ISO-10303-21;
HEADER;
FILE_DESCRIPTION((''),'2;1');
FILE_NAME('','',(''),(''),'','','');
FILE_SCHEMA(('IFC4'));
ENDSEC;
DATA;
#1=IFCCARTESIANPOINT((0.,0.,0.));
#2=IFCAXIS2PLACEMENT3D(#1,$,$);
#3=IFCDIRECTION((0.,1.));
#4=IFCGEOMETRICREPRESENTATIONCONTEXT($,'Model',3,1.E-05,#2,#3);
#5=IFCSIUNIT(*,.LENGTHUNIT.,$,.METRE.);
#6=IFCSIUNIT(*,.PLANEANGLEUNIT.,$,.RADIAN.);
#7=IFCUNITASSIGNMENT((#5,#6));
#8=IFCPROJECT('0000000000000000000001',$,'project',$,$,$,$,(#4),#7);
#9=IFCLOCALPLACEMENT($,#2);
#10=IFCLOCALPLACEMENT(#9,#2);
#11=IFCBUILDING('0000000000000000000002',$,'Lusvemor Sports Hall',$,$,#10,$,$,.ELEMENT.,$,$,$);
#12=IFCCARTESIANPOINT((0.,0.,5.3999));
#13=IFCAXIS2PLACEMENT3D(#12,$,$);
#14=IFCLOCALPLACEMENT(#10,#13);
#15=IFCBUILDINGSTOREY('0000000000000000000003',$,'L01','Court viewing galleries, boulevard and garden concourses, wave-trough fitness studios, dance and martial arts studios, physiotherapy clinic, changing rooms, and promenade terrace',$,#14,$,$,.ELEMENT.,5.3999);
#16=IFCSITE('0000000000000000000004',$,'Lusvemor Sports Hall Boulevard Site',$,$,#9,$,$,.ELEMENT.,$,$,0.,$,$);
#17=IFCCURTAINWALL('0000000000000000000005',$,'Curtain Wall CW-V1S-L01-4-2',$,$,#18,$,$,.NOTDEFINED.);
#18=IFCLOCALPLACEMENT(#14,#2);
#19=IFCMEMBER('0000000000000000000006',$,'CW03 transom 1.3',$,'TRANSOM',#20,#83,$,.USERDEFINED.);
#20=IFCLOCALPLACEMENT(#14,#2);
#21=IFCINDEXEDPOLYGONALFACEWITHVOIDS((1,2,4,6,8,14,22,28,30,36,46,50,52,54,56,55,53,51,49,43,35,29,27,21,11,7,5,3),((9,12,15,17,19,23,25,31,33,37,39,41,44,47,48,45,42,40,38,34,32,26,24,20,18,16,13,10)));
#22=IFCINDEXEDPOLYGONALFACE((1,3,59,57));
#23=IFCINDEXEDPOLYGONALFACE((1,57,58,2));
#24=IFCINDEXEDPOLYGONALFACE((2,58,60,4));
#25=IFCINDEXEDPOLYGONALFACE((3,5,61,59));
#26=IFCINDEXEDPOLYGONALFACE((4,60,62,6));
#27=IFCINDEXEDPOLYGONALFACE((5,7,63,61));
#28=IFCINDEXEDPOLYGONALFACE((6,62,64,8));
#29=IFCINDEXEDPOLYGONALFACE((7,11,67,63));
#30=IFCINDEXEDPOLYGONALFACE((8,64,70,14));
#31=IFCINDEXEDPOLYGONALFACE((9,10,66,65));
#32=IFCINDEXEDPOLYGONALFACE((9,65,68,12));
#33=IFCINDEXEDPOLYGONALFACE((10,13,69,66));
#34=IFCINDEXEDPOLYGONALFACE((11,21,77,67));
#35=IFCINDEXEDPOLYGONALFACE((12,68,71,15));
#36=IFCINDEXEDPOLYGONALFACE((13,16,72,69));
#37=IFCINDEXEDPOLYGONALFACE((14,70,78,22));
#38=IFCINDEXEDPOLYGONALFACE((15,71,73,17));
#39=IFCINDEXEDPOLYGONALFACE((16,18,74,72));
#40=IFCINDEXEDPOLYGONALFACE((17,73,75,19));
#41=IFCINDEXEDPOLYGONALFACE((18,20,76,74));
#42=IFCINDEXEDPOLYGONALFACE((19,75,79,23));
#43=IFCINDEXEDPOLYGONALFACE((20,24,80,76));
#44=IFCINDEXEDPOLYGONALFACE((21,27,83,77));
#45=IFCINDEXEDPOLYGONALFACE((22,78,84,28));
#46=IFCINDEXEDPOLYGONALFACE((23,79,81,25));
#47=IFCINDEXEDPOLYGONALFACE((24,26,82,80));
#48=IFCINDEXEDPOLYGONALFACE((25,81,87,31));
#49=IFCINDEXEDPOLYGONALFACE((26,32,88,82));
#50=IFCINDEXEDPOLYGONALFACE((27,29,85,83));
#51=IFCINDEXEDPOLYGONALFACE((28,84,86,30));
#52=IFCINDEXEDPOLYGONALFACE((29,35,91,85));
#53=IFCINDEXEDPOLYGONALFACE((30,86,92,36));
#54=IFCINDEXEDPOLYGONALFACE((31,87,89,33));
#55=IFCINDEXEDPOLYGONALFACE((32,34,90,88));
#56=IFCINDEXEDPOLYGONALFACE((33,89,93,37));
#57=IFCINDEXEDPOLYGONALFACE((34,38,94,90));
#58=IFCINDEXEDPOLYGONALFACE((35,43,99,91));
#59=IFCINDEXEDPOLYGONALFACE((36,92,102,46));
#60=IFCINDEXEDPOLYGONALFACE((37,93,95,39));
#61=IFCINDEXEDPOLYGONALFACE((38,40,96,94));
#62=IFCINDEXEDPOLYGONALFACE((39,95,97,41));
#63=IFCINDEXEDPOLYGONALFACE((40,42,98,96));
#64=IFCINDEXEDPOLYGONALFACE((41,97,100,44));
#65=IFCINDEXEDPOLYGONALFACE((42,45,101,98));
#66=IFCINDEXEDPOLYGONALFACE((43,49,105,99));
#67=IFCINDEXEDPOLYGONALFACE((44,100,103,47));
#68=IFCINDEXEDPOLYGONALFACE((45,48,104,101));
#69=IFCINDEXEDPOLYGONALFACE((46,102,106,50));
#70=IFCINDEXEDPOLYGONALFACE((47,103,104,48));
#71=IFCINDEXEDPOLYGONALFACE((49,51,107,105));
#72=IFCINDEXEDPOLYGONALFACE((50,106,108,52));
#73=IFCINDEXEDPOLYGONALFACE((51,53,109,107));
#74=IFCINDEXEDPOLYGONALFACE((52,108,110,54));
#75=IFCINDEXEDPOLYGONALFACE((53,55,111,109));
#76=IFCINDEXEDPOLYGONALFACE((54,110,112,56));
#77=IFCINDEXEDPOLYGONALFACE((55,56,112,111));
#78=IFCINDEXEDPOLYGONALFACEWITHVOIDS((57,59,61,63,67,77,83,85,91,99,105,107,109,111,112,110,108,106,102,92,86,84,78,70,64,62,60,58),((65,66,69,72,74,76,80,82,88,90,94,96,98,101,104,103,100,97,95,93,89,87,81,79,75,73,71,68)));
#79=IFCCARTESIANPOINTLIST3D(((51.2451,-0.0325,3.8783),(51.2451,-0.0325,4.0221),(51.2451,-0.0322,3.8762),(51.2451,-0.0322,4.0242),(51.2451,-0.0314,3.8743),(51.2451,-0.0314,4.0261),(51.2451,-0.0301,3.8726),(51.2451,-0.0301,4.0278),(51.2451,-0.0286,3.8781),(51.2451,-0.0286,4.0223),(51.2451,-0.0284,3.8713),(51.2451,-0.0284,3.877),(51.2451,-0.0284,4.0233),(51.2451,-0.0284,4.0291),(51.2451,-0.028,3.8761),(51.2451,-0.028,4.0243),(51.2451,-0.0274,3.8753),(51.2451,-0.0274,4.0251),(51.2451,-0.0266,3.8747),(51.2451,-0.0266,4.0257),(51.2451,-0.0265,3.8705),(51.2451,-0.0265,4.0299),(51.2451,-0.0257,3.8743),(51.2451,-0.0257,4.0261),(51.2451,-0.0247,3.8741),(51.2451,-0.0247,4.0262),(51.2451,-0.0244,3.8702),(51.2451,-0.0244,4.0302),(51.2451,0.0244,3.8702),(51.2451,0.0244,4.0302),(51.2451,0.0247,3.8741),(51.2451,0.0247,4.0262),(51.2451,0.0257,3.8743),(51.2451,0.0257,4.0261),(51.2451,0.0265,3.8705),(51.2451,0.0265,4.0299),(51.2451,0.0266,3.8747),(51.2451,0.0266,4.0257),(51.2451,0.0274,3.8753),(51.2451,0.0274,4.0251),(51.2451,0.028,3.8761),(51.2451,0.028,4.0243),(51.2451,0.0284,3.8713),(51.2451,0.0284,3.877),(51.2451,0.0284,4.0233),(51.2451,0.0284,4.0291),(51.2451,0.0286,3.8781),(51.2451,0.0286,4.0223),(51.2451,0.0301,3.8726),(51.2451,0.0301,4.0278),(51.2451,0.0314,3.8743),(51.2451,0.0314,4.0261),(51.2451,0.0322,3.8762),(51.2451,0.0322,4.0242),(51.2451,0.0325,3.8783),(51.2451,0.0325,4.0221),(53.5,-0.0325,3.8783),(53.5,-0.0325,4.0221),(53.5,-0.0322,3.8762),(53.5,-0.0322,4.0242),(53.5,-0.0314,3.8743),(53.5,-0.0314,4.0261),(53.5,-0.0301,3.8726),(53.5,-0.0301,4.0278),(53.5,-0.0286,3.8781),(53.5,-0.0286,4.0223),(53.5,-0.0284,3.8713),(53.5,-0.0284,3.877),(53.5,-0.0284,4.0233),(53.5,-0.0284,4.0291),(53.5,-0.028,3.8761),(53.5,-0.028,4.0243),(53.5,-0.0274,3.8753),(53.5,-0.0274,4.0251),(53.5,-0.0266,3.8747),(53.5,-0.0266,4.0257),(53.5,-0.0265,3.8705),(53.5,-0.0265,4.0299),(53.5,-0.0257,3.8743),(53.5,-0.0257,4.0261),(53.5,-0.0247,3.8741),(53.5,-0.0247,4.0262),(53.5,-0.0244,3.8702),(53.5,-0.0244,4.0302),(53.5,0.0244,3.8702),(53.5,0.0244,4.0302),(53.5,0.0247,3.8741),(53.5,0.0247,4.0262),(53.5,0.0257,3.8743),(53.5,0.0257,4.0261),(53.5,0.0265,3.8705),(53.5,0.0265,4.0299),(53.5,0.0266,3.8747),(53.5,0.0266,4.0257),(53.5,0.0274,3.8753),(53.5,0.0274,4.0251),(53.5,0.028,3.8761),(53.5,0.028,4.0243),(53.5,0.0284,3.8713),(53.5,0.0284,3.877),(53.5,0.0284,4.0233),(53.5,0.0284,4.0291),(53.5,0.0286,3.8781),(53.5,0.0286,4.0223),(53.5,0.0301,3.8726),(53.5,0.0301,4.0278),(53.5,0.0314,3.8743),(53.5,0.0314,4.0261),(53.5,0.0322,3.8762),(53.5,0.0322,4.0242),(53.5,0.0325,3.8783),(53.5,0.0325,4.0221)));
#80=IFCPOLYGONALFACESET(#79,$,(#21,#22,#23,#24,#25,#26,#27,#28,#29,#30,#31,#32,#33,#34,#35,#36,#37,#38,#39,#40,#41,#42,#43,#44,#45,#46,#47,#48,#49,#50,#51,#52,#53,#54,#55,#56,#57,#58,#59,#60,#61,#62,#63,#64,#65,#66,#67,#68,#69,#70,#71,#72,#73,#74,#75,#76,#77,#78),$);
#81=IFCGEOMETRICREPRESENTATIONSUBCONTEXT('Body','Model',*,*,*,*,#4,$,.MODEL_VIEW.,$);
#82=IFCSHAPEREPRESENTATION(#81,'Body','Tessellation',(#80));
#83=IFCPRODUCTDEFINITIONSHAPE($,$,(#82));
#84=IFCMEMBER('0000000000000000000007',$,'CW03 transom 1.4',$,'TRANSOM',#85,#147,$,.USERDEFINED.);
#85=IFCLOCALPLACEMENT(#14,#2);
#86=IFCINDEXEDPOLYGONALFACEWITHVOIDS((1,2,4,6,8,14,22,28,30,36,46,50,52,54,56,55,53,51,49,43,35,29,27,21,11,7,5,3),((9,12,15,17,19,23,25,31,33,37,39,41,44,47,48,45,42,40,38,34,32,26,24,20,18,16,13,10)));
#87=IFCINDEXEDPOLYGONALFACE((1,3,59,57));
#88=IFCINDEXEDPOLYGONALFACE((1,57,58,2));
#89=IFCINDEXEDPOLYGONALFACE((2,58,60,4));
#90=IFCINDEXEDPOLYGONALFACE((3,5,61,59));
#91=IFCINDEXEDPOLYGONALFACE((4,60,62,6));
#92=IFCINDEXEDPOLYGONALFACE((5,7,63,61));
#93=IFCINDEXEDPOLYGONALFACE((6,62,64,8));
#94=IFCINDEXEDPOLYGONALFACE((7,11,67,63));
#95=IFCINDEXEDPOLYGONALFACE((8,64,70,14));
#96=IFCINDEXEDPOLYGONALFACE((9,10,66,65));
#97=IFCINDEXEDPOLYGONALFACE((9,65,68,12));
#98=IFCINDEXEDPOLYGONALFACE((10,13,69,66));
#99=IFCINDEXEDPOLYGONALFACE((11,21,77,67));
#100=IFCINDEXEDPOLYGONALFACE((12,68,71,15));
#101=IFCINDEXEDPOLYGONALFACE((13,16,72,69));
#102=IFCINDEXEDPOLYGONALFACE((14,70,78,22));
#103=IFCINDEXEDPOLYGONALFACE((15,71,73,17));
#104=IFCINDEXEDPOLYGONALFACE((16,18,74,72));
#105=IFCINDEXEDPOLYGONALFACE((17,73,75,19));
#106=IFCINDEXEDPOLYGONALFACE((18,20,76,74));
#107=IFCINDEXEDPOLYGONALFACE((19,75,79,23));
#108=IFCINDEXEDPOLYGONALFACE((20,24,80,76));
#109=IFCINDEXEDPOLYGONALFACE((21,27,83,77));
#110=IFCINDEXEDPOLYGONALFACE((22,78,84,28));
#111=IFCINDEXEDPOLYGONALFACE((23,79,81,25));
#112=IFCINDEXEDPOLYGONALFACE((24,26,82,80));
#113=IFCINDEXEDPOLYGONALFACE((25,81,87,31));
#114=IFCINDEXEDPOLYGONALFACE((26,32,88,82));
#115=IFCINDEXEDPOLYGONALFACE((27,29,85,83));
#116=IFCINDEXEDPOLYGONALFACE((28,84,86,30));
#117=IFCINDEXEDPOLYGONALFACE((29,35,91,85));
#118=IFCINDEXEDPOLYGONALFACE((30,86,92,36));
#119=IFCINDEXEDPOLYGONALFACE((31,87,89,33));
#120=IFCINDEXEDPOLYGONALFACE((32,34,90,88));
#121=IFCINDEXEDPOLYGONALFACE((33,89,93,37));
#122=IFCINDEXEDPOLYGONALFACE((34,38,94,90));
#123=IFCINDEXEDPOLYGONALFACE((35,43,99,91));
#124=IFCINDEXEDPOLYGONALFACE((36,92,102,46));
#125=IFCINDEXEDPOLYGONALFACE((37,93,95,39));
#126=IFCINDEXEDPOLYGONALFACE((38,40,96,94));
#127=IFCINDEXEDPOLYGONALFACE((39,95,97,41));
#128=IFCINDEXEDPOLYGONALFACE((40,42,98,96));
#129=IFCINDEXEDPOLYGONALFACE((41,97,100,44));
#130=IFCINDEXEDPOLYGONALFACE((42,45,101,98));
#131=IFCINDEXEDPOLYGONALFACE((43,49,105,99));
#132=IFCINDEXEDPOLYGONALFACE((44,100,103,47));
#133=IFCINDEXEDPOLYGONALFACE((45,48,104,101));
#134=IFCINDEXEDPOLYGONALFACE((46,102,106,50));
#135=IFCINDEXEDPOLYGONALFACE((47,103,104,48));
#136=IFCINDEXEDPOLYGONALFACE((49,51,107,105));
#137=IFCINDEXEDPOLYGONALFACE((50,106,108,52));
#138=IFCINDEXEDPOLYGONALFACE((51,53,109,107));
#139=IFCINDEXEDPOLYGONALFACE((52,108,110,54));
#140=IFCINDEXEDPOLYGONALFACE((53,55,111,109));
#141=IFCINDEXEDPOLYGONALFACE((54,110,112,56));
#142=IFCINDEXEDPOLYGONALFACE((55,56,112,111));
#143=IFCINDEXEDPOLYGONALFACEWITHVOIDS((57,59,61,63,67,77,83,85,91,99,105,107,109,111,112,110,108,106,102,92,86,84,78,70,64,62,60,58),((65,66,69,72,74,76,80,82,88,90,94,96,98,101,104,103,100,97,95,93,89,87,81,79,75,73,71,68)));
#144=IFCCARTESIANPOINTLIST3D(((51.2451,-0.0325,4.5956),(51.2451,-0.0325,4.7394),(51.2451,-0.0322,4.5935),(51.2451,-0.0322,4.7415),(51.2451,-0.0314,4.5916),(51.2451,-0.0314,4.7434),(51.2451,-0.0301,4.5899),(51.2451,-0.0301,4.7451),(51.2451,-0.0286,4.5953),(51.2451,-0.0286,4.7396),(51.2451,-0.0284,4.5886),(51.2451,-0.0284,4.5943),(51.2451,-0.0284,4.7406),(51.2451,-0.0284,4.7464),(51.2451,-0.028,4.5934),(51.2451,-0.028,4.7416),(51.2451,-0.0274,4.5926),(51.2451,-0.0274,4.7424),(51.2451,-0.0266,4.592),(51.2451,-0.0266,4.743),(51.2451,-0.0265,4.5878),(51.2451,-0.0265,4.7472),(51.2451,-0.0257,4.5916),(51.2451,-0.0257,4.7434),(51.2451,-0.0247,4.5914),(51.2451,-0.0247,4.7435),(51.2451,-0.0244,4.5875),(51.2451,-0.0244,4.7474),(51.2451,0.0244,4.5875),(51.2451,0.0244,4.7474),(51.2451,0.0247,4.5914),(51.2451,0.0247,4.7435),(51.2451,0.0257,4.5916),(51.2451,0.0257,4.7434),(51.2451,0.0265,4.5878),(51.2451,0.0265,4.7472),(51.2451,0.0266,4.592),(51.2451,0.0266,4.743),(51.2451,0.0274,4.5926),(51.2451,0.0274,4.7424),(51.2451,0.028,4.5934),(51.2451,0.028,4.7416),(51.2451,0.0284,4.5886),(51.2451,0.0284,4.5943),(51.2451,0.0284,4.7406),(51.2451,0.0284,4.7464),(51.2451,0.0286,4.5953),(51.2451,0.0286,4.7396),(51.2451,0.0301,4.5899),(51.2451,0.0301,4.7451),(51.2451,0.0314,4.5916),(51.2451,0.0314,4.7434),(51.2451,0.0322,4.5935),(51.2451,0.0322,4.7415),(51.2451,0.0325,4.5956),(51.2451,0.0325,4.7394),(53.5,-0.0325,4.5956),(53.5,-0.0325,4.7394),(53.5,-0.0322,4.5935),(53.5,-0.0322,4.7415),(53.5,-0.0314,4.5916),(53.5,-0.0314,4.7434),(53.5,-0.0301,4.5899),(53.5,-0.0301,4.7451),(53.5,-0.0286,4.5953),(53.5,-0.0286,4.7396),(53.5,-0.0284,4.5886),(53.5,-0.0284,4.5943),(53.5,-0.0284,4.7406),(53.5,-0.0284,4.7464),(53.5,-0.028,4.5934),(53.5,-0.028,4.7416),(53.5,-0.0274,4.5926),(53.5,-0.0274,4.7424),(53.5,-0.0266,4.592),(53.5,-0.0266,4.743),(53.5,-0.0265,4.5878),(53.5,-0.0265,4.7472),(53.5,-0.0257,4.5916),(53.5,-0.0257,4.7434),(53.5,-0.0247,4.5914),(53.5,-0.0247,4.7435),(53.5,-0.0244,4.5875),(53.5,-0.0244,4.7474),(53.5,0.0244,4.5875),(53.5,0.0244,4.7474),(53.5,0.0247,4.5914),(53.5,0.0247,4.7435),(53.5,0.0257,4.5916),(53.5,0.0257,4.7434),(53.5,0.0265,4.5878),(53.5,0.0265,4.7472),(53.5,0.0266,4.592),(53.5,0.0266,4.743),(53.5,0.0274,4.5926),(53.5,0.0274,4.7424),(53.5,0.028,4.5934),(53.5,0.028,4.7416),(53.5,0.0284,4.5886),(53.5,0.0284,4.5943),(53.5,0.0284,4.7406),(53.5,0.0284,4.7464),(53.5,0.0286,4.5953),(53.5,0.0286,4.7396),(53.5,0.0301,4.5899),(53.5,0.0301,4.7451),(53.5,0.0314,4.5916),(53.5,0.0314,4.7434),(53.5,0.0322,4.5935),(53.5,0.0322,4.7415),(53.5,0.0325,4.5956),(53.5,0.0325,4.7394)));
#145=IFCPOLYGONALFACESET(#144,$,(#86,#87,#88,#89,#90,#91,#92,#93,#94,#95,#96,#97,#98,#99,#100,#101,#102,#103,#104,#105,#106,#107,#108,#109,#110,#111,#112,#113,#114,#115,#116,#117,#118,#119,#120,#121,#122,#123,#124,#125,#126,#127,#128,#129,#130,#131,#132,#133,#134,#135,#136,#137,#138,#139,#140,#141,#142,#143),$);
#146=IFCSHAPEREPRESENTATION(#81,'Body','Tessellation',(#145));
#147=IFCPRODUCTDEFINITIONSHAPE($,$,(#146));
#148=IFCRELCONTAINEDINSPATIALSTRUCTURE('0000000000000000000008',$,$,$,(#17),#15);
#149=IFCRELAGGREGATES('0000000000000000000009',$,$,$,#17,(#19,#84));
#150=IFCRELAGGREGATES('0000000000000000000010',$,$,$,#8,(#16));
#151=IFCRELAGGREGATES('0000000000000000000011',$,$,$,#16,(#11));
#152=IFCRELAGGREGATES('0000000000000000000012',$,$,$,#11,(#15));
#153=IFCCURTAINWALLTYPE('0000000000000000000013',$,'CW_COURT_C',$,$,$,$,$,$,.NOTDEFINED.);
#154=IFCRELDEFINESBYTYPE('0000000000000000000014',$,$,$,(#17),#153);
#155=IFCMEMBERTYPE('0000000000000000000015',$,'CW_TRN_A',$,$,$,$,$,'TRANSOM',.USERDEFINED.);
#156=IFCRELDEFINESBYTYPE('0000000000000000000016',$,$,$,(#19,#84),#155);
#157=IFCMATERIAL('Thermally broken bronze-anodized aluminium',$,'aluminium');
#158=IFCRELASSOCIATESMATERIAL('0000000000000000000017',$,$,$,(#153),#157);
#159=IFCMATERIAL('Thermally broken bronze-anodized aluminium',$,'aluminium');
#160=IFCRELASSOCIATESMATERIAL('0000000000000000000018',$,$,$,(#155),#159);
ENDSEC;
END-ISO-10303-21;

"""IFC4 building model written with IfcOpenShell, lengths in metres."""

from ifc_helpers import new_model, si_unit, direction, frame, origin, origin_2d, place, context, subcontext, project, spatial, hollow_rectangle, extrude, material, material_profile, profile_set, type_object, element, aggregate, save


model = new_model("IFC4")

# Units and contexts
model_context = context("Model", 3, precision=1e-05, world=origin(), true_north=direction((0.0, 1.0)))
body_context = subcontext(model_context, "Body", "Model", "MODEL_VIEW")
ifc_project = project(units=[si_unit("LENGTHUNIT", "METRE"), si_unit("PLANEANGLEUNIT", "RADIAN")], contexts=[model_context])

# Site, building, storey
site_placement = place(None, origin())
site = spatial("IfcSite", under=ifc_project, at=site_placement, Name="Lusvemor Sports Hall Boulevard Site", CompositionType="ELEMENT", RefElevation=0.0)
building_placement = place(site_placement, origin())
building = spatial("IfcBuilding", under=site, at=building_placement, Name="Lusvemor Sports Hall", CompositionType="ELEMENT")
storey_placement = place(building_placement, frame((0.0, 0.0, 5.3999)))
storey = spatial("IfcBuildingStorey", under=building, at=storey_placement, Name="L01", Description="Court viewing galleries, boulevard and garden concourses, wave-trough fitness studios, dance and martial arts studios, physiotherapy clinic, changing rooms, and promenade terrace", CompositionType="ELEMENT", Elevation=5.3999)

# Curtain wall, members
ifc_material_1 = material(Name="Thermally broken bronze-anodized aluminium", Category="aluminium")
curtain_wall_type = type_object("IfcCurtainWallType", Name="CW_COURT_C", PredefinedType="NOTDEFINED", material=ifc_material_1)
curtain_wall_placement = place(storey_placement, origin())
curtain_wall = element("IfcCurtainWall", 1, at=curtain_wall_placement, inside=storey, type_object=curtain_wall_type, Name="Curtain Wall CW-V1S-L01-4-2", PredefinedType="NOTDEFINED")
ifc_material_2 = material(Name="Thermally broken bronze-anodized aluminium", Category="aluminium")
ifc_material_profile_1 = material_profile(ifc_material_2, hollow_rectangle(XDim=0.0649, YDim=0.1599, WallThickness=0.0039, InnerFilletRadius=0.0039, OuterFilletRadius=0.0081, at=origin_2d()), Name="CWTRN160x65x4")
ifc_profile_set_1 = profile_set([ifc_material_profile_1], Name="Thermally broken bronze-anodized aluminium")
member_type_1 = type_object("IfcMemberType", Name="CW_TRN_A", ElementType="TRANSOM", PredefinedType="USERDEFINED", material=ifc_profile_set_1)
member_1_placement = place(storey_placement, frame((53.5, 0.0, 3.9502), z_axis=(-1.0, 0.0, 0.0), x_axis=(0.0, -1.0, 0.0)))
member_1 = element("IfcMember", 2, at=member_1_placement, type_object=member_type_1, Name="CW03 transom 1.3", ObjectType="TRANSOM", PredefinedType="USERDEFINED", context=body_context, shape_type="SweptSolid", body=[
    extrude(hollow_rectangle(XDim=0.0649, YDim=0.1599, WallThickness=0.0039, InnerFilletRadius=0.0039, OuterFilletRadius=0.0081, at=origin_2d()), origin(), (0.0, 0.0, 1.0), 2.2549),
])
member_2_placement = place(storey_placement, frame((53.5, 0.0, 4.6675), z_axis=(-1.0, 0.0, 0.0), x_axis=(0.0, -1.0, 0.0)))
member_2 = element("IfcMember", 3, at=member_2_placement, type_object=member_type_1, Name="CW03 transom 1.4", ObjectType="TRANSOM", PredefinedType="USERDEFINED", context=body_context, shape_type="SweptSolid", body=[
    extrude(hollow_rectangle(XDim=0.0649, YDim=0.1599, WallThickness=0.0039, InnerFilletRadius=0.0039, OuterFilletRadius=0.0081, at=origin_2d()), origin(), (0.0, 0.0, 1.0), 2.2549),
])

aggregate(curtain_wall, [member_1, member_2])

save(model, "model.ifc")
